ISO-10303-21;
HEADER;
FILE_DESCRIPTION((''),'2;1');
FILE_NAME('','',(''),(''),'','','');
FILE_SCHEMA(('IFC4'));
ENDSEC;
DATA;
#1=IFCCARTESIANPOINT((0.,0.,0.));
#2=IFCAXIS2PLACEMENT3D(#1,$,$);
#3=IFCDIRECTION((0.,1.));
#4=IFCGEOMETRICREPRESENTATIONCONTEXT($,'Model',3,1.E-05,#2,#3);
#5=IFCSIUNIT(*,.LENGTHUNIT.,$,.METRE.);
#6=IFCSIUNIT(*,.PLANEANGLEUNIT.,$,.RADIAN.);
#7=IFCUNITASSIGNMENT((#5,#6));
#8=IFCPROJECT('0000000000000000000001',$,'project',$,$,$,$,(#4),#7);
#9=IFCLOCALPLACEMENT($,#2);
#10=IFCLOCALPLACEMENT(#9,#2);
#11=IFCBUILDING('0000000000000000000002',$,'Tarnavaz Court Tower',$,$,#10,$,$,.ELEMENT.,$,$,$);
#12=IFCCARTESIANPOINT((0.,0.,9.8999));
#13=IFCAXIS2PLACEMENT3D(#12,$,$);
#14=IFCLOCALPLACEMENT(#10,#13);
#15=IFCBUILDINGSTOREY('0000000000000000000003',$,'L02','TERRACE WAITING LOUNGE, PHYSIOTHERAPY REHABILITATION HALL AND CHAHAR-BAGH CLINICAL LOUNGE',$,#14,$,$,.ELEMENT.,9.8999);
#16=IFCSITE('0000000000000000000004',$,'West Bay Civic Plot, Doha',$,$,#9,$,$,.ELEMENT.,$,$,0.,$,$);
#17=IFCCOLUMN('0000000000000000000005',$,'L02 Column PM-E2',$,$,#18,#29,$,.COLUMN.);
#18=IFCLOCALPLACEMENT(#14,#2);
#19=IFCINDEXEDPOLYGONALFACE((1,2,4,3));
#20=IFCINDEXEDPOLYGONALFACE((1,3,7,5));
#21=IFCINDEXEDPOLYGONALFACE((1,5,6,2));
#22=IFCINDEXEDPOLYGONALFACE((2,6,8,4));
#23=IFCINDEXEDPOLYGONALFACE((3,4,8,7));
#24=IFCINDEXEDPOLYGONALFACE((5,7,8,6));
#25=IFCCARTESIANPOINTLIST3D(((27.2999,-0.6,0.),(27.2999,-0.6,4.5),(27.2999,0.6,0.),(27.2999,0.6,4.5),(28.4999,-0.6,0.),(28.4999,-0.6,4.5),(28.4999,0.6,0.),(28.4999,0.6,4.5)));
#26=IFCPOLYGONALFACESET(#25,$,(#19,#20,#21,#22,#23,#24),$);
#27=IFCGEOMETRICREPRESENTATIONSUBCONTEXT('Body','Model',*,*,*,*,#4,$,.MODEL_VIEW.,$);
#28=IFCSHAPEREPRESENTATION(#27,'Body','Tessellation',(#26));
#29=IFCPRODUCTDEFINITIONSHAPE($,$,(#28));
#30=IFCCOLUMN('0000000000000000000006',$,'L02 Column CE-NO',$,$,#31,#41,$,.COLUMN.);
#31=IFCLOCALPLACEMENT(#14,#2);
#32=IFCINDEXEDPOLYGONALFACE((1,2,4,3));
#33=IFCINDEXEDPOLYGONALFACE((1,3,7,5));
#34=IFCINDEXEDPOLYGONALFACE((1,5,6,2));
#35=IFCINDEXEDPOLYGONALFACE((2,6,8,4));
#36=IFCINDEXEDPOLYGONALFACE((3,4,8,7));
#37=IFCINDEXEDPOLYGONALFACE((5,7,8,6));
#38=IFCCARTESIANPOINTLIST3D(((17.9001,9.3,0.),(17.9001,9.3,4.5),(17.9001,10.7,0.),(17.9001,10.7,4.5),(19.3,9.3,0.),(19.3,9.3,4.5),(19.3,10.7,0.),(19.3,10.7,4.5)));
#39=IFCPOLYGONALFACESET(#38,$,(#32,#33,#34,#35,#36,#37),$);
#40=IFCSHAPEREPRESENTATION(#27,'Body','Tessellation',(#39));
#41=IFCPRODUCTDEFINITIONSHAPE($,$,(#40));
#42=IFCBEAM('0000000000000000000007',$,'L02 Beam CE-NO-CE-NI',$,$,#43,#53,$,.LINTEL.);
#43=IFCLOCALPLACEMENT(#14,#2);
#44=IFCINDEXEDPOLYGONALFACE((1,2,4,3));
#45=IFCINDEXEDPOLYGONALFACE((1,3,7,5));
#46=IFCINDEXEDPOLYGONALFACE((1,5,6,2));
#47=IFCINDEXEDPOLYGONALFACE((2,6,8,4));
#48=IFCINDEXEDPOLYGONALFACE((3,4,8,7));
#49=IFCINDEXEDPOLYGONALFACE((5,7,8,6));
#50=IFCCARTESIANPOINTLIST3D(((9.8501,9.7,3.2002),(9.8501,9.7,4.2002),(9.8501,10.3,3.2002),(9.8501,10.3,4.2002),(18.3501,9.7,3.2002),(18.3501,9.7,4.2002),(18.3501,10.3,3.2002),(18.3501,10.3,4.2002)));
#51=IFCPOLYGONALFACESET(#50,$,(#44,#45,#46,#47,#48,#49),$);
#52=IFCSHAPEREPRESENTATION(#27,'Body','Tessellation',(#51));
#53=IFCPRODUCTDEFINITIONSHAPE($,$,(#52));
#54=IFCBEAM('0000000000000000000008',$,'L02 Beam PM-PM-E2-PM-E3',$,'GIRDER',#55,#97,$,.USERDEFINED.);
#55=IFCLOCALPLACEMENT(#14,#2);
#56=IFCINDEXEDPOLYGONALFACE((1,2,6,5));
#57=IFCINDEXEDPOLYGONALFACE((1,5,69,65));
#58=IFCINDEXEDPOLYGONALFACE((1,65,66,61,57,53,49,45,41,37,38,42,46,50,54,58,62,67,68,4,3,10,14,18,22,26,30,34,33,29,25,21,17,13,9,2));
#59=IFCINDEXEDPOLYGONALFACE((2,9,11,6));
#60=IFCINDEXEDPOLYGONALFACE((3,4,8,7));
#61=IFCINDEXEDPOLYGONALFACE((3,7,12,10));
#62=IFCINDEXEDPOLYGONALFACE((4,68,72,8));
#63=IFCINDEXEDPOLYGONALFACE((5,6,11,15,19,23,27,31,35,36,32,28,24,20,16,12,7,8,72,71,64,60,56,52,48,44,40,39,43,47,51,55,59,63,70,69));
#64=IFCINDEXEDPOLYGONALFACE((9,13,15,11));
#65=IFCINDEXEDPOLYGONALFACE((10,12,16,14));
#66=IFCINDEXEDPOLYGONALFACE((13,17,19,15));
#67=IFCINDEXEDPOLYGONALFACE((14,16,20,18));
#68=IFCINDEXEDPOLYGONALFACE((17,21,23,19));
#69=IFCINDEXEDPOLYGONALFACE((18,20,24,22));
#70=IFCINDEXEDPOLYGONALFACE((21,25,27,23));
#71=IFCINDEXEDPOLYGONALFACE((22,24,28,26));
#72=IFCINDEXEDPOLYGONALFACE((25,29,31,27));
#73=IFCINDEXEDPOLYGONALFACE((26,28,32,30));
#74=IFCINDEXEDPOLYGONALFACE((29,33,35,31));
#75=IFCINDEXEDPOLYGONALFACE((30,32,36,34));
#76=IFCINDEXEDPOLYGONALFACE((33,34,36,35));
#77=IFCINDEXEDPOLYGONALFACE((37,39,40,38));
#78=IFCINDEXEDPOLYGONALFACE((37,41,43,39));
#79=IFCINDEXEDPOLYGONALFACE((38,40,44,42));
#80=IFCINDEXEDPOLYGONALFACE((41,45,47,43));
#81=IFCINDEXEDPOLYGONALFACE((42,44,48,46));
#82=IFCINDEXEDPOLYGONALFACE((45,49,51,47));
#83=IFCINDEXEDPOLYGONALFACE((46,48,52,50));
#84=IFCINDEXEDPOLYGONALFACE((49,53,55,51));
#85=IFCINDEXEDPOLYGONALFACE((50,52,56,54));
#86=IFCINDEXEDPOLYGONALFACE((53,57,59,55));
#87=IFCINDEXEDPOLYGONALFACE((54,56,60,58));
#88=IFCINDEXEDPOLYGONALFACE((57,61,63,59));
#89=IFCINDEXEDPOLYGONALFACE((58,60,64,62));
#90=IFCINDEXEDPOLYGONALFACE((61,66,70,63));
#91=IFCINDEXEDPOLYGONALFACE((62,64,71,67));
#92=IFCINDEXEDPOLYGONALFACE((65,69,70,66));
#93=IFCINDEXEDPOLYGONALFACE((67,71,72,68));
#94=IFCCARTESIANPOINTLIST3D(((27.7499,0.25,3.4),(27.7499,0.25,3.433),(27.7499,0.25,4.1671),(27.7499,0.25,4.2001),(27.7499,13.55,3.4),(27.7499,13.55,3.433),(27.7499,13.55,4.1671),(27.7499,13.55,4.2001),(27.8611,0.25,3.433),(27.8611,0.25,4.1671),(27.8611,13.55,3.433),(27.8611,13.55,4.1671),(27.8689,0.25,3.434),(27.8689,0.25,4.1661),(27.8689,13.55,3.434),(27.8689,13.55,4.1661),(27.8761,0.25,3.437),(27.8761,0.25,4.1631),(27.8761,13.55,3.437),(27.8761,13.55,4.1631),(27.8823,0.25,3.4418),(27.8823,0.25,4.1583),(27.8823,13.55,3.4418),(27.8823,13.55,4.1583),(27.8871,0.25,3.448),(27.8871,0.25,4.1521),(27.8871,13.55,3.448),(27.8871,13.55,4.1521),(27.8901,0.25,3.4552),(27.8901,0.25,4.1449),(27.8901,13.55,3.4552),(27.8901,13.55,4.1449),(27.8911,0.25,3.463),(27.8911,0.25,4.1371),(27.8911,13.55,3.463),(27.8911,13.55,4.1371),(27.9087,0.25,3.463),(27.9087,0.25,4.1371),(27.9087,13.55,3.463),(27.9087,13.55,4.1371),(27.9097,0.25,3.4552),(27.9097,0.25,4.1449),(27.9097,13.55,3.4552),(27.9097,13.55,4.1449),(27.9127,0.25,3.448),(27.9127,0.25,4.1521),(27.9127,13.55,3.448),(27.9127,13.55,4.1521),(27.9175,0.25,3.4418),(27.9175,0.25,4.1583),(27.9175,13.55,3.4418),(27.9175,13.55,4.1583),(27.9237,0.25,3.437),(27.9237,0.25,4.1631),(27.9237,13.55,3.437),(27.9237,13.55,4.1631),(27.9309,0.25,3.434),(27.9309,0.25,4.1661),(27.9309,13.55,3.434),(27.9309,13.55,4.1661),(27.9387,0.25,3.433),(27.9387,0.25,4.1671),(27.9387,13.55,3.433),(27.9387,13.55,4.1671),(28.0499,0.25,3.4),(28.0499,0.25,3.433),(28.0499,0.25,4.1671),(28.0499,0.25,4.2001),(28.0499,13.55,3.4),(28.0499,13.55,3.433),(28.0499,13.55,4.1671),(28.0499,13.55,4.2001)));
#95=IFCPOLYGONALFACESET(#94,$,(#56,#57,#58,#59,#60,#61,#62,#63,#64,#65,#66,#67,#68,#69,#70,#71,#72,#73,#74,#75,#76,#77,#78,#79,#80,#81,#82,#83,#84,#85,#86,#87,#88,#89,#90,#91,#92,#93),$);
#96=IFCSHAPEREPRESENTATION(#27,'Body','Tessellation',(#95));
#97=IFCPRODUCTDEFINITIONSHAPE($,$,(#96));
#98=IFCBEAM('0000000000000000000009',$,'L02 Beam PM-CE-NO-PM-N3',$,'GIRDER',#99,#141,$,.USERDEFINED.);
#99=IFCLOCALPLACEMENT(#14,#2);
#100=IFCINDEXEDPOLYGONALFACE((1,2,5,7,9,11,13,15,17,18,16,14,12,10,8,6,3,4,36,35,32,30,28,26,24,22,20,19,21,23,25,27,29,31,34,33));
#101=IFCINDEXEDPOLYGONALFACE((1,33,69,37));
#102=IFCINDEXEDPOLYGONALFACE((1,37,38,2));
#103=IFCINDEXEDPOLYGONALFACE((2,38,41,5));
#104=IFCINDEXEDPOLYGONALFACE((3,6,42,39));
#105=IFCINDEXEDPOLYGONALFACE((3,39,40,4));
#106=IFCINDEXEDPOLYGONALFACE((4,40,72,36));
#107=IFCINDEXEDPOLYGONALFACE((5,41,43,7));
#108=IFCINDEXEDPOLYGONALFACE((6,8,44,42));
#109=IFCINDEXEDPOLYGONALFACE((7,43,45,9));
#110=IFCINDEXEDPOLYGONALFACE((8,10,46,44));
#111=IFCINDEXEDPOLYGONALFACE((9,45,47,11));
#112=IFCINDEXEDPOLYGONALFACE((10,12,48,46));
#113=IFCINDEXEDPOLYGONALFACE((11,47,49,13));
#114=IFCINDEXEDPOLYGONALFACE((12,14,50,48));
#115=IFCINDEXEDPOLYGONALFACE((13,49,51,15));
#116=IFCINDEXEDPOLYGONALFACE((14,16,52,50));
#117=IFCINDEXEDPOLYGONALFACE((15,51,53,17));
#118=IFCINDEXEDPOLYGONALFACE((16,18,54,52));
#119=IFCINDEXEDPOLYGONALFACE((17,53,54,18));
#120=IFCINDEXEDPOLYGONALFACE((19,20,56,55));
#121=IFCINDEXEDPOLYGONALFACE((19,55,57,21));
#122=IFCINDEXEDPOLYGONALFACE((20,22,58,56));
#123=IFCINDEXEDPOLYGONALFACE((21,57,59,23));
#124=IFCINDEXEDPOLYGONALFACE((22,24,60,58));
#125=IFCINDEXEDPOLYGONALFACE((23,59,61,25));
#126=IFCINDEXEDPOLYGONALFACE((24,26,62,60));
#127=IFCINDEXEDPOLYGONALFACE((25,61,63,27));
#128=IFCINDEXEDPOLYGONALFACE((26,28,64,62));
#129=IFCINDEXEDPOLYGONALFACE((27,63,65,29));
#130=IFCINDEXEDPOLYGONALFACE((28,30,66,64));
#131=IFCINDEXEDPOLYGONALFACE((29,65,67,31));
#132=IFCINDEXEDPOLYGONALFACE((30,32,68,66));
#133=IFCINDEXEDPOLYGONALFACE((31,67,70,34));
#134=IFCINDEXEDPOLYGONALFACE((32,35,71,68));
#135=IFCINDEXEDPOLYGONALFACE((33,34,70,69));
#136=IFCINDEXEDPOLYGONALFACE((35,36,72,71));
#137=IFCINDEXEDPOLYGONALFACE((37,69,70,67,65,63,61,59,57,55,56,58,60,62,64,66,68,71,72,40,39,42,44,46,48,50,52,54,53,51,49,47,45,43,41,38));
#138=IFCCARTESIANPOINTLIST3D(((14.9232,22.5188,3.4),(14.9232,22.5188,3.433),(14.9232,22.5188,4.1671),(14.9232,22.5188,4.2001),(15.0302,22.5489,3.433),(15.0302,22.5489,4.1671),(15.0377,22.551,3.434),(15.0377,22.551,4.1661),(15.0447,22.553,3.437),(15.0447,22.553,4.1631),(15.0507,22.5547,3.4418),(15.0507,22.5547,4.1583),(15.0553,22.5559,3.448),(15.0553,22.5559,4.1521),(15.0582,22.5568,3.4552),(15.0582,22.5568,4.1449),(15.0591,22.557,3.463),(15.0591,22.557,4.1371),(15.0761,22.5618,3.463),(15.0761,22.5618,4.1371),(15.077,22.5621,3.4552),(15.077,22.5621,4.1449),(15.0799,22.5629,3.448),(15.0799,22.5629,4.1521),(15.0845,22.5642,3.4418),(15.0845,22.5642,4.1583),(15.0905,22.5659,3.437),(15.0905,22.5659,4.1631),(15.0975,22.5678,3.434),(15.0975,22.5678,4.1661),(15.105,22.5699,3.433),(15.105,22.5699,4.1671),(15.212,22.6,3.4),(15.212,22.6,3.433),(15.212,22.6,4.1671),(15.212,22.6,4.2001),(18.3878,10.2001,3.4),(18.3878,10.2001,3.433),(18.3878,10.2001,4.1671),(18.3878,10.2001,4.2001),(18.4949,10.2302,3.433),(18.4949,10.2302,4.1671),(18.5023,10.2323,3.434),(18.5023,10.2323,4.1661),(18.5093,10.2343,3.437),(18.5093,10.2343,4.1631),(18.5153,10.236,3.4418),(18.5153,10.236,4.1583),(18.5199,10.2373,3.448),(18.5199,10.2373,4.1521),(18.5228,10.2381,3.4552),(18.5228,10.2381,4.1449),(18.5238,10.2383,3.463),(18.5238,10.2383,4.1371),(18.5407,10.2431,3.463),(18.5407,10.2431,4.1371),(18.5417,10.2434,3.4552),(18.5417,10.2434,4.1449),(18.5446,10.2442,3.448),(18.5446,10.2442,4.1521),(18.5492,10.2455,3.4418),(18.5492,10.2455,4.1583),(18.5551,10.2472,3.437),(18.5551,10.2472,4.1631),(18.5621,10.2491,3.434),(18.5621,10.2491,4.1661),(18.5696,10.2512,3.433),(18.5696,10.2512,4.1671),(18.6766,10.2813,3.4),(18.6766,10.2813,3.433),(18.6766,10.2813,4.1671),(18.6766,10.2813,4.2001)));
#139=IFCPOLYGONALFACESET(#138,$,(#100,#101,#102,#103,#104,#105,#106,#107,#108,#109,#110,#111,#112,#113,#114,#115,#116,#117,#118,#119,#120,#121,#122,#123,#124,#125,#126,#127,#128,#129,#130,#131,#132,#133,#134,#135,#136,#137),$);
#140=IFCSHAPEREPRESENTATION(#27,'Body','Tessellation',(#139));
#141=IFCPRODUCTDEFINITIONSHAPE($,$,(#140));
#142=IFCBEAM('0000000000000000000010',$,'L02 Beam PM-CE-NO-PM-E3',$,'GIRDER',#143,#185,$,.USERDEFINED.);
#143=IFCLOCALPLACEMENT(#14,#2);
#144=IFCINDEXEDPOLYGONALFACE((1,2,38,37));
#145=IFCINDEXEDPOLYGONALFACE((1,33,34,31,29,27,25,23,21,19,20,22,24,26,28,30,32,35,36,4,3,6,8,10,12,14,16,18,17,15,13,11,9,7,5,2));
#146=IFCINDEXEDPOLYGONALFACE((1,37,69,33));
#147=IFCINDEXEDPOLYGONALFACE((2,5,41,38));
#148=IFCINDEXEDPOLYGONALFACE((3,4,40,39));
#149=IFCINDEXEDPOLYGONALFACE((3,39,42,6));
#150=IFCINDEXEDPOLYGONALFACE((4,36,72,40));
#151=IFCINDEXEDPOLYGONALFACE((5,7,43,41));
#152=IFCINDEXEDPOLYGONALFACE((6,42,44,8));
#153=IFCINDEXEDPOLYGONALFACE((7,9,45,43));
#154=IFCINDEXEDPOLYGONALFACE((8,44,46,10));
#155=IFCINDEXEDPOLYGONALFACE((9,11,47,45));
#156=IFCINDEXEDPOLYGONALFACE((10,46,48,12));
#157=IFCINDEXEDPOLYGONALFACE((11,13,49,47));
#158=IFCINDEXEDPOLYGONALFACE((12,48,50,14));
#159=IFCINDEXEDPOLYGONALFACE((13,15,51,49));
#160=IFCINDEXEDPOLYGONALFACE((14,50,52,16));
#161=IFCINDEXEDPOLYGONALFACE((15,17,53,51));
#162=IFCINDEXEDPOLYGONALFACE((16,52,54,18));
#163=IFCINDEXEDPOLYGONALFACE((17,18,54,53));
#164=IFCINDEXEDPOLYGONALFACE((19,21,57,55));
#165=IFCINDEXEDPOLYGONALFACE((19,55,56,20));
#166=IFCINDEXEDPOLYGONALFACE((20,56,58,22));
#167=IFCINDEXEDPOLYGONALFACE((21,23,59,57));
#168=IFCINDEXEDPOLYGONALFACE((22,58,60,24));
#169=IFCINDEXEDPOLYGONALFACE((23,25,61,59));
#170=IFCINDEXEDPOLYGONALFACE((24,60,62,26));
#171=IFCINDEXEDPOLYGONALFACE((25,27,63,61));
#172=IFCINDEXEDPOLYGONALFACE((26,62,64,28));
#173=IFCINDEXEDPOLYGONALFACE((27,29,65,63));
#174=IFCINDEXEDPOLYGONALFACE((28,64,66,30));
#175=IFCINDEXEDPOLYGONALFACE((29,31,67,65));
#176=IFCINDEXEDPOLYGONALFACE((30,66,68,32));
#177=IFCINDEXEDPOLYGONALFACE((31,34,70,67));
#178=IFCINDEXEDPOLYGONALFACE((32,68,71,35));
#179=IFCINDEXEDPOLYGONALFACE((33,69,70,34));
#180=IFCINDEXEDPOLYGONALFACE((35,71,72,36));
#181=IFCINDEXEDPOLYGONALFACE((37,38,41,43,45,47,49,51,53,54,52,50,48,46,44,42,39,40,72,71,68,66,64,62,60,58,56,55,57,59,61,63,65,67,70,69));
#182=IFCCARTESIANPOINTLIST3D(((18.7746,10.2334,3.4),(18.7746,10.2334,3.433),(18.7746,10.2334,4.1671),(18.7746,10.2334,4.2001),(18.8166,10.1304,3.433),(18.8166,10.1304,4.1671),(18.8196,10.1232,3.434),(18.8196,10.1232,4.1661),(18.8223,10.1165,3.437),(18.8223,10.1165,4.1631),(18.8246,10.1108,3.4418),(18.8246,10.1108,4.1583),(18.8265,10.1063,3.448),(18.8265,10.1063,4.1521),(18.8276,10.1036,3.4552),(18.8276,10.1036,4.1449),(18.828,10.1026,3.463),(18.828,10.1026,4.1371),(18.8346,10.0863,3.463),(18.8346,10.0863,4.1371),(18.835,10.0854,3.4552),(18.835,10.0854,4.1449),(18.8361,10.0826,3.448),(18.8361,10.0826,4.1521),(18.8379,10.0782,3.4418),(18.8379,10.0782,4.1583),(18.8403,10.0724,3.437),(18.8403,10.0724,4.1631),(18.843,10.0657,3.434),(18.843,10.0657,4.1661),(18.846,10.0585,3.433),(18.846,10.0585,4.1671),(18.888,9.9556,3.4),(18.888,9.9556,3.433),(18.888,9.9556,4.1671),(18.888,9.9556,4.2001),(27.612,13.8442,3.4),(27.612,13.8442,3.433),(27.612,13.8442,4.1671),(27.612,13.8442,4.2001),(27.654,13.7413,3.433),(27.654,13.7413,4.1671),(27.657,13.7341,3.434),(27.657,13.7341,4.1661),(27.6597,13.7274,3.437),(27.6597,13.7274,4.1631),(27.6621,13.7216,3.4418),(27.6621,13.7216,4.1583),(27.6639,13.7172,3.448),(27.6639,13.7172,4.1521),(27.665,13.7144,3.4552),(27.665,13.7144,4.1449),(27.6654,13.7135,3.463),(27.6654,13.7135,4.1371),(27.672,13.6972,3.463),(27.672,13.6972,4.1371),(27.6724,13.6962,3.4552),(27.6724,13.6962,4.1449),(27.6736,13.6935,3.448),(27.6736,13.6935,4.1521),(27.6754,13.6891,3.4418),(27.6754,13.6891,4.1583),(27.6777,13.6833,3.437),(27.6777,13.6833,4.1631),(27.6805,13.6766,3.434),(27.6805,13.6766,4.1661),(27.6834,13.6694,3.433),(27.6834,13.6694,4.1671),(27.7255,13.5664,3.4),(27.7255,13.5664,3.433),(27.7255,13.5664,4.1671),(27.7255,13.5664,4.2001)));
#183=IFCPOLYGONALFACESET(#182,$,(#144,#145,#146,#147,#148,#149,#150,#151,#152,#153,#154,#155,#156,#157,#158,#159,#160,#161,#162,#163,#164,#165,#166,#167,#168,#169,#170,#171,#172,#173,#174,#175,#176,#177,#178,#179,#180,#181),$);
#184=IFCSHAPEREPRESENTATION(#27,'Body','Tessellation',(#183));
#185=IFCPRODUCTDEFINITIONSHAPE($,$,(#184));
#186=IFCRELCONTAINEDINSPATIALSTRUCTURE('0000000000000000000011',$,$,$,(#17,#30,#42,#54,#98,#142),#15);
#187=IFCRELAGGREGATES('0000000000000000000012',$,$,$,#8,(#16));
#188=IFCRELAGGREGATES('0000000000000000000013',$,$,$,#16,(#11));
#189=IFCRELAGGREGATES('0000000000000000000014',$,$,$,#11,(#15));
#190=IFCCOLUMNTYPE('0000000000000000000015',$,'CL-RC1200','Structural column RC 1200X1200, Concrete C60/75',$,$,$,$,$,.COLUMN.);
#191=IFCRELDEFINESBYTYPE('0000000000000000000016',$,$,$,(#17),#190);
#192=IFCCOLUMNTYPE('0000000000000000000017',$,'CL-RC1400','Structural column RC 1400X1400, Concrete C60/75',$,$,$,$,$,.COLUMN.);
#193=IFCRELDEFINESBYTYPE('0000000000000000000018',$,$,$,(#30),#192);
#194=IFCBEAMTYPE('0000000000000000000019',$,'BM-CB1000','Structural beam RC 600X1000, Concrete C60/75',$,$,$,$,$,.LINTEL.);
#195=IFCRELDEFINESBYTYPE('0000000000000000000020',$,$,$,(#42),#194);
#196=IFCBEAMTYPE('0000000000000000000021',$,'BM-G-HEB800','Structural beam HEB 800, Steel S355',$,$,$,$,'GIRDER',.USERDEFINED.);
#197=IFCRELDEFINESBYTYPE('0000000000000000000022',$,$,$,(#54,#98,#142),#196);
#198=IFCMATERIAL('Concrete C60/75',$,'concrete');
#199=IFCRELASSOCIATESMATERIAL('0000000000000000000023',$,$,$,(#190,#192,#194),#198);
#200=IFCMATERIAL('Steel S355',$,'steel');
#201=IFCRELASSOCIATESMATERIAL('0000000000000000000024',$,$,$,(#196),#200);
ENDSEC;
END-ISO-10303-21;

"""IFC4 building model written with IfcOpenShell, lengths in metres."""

from ifc_helpers import new_model, si_unit, direction, frame, origin, origin_2d, place, context, subcontext, project, spatial, rectangle, i_section, extrude, material, material_profile, profile_set, type_object, element, save


model = new_model("IFC4")

# Units and contexts
model_context = context("Model", 3, precision=1e-05, world=origin(), true_north=direction((0.0, 1.0)))
body_context = subcontext(model_context, "Body", "Model", "MODEL_VIEW")
ifc_project = project(units=[si_unit("LENGTHUNIT", "METRE"), si_unit("PLANEANGLEUNIT", "RADIAN")], contexts=[model_context])

# Site, building, storey
site_placement = place(None, origin())
site = spatial("IfcSite", under=ifc_project, at=site_placement, Name="West Bay Civic Plot, Doha", CompositionType="ELEMENT", RefElevation=0.0)
building_placement = place(site_placement, origin())
building = spatial("IfcBuilding", under=site, at=building_placement, Name="Tarnavaz Court Tower", CompositionType="ELEMENT")
storey_placement = place(building_placement, frame((0.0, 0.0, 9.8999)))
storey = spatial("IfcBuildingStorey", under=building, at=storey_placement, Name="L02", Description="TERRACE WAITING LOUNGE, PHYSIOTHERAPY REHABILITATION HALL AND CHAHAR-BAGH CLINICAL LOUNGE", CompositionType="ELEMENT", Elevation=9.8999)

# Columns
ifc_material_1 = material(Name="Concrete C60/75", Category="concrete")
ifc_material_profile_1 = material_profile(ifc_material_1, rectangle(XDim=1.2, YDim=1.2, at=origin_2d()), Name="RC 1200X1200")
ifc_profile_set_1 = profile_set([ifc_material_profile_1], Name="Concrete C60/75")
column_type_1 = type_object("IfcColumnType", Name="CL-RC1200", Description="Structural column RC 1200X1200, Concrete C60/75", PredefinedType="COLUMN", material=ifc_profile_set_1)
column_1_placement = place(storey_placement, frame((27.8999, 0.0, 0.0), z_axis=(0.0, 0.0, 1.0), x_axis=(1.0, 0.0, 0.0)))
element("IfcColumn", 1, at=column_1_placement, inside=storey, type_object=column_type_1, Name="L02 Column PM-E2", PredefinedType="COLUMN", context=body_context, shape_type="SweptSolid", body=[
    extrude(rectangle(XDim=1.2, YDim=1.2, at=origin_2d()), origin(), (0.0, 0.0, 1.0), 4.5),
])
ifc_material_profile_2 = material_profile(ifc_material_1, rectangle(XDim=1.3999, YDim=1.3999, at=origin_2d()), Name="RC 1400X1400")
ifc_profile_set_2 = profile_set([ifc_material_profile_2], Name="Concrete C60/75")
column_type_2 = type_object("IfcColumnType", Name="CL-RC1400", Description="Structural column RC 1400X1400, Concrete C60/75", PredefinedType="COLUMN", material=ifc_profile_set_2)
column_2_placement = place(storey_placement, frame((18.6001, 10.0, 0.0), z_axis=(0.0, 0.0, 1.0), x_axis=(1.0, 0.0, 0.0)))
element("IfcColumn", 2, at=column_2_placement, inside=storey, type_object=column_type_2, Name="L02 Column CE-NO", PredefinedType="COLUMN", context=body_context, shape_type="SweptSolid", body=[
    extrude(rectangle(XDim=1.3999, YDim=1.3999, at=origin_2d()), origin(), (0.0, 0.0, 1.0), 4.5),
])

# Beams
ifc_material_profile_3 = material_profile(ifc_material_1, rectangle(XDim=0.6001, YDim=1.0, at=origin_2d()), Name="RC 600X1000")
ifc_profile_set_3 = profile_set([ifc_material_profile_3], Name="Concrete C60/75")
beam_type_1 = type_object("IfcBeamType", Name="BM-CB1000", Description="Structural beam RC 600X1000, Concrete C60/75", PredefinedType="LINTEL", material=ifc_profile_set_3)
beam_1_placement = place(storey_placement, frame((18.3501, 10.0, 3.7002), z_axis=(-1.0, 0.0, 0.0), x_axis=(0.0, -1.0, 0.0)))
element("IfcBeam", 3, at=beam_1_placement, inside=storey, type_object=beam_type_1, Name="L02 Beam CE-NO-CE-NI", PredefinedType="LINTEL", context=body_context, shape_type="SweptSolid", body=[
    extrude(rectangle(XDim=0.6001, YDim=1.0, at=origin_2d()), origin(), (0.0, 0.0, 1.0), 8.5),
])
ifc_material_2 = material(Name="Steel S355", Category="steel")
ifc_material_profile_4 = material_profile(ifc_material_2, i_section(OverallWidth=0.3, OverallDepth=0.8, WebThickness=0.0176, FlangeThickness=0.033, FilletRadius=0.03, at=origin_2d()), Name="HEB 800")
ifc_profile_set_4 = profile_set([ifc_material_profile_4], Name="Steel S355")
beam_type_2 = type_object("IfcBeamType", Name="BM-G-HEB800", Description="Structural beam HEB 800, Steel S355", ElementType="GIRDER", PredefinedType="USERDEFINED", material=ifc_profile_set_4)
beam_2_placement = place(storey_placement, frame((27.8999, 0.25, 3.8), z_axis=(0.0, 1.0, 0.0), x_axis=(-1.0, 0.0, 0.0)))
element("IfcBeam", 4, at=beam_2_placement, inside=storey, type_object=beam_type_2, Name="L02 Beam PM-PM-E2-PM-E3", ObjectType="GIRDER", PredefinedType="USERDEFINED", context=body_context, shape_type="SweptSolid", body=[
    extrude(i_section(OverallWidth=0.3, OverallDepth=0.8, WebThickness=0.0176, FlangeThickness=0.033, FilletRadius=0.03, at=origin_2d()), origin(), (0.0, 0.0, 1.0), 13.3),
])
beam_3_placement = place(storey_placement, frame((18.5322, 10.2407, 3.8), z_axis=(-0.270745, 0.962651, 0.0), x_axis=(-0.962651, -0.270745, 0.0)))
element("IfcBeam", 5, at=beam_3_placement, inside=storey, type_object=beam_type_2, Name="L02 Beam PM-CE-NO-PM-N3", ObjectType="GIRDER", PredefinedType="USERDEFINED", context=body_context, shape_type="SweptSolid", body=[
    extrude(i_section(OverallWidth=0.3, OverallDepth=0.8, WebThickness=0.0176, FlangeThickness=0.033, FilletRadius=0.03, at=origin_2d()), origin(), (0.0, 0.0, 1.0), 12.7966),
])
beam_4_placement = place(storey_placement, frame((18.8313, 10.0945, 3.8), z_axis=(0.925711, 0.378233, 0.0), x_axis=(-0.378233, 0.925711, 0.0)))
element("IfcBeam", 6, at=beam_4_placement, inside=storey, type_object=beam_type_2, Name="L02 Beam PM-CE-NO-PM-E3", ObjectType="GIRDER", PredefinedType="USERDEFINED", context=body_context, shape_type="SweptSolid", body=[
    extrude(i_section(OverallWidth=0.3, OverallDepth=0.8, WebThickness=0.0176, FlangeThickness=0.033, FilletRadius=0.03, at=origin_2d()), origin(), (0.0, 0.0, 1.0), 9.5466),
])

save(model, "model.ifc")
